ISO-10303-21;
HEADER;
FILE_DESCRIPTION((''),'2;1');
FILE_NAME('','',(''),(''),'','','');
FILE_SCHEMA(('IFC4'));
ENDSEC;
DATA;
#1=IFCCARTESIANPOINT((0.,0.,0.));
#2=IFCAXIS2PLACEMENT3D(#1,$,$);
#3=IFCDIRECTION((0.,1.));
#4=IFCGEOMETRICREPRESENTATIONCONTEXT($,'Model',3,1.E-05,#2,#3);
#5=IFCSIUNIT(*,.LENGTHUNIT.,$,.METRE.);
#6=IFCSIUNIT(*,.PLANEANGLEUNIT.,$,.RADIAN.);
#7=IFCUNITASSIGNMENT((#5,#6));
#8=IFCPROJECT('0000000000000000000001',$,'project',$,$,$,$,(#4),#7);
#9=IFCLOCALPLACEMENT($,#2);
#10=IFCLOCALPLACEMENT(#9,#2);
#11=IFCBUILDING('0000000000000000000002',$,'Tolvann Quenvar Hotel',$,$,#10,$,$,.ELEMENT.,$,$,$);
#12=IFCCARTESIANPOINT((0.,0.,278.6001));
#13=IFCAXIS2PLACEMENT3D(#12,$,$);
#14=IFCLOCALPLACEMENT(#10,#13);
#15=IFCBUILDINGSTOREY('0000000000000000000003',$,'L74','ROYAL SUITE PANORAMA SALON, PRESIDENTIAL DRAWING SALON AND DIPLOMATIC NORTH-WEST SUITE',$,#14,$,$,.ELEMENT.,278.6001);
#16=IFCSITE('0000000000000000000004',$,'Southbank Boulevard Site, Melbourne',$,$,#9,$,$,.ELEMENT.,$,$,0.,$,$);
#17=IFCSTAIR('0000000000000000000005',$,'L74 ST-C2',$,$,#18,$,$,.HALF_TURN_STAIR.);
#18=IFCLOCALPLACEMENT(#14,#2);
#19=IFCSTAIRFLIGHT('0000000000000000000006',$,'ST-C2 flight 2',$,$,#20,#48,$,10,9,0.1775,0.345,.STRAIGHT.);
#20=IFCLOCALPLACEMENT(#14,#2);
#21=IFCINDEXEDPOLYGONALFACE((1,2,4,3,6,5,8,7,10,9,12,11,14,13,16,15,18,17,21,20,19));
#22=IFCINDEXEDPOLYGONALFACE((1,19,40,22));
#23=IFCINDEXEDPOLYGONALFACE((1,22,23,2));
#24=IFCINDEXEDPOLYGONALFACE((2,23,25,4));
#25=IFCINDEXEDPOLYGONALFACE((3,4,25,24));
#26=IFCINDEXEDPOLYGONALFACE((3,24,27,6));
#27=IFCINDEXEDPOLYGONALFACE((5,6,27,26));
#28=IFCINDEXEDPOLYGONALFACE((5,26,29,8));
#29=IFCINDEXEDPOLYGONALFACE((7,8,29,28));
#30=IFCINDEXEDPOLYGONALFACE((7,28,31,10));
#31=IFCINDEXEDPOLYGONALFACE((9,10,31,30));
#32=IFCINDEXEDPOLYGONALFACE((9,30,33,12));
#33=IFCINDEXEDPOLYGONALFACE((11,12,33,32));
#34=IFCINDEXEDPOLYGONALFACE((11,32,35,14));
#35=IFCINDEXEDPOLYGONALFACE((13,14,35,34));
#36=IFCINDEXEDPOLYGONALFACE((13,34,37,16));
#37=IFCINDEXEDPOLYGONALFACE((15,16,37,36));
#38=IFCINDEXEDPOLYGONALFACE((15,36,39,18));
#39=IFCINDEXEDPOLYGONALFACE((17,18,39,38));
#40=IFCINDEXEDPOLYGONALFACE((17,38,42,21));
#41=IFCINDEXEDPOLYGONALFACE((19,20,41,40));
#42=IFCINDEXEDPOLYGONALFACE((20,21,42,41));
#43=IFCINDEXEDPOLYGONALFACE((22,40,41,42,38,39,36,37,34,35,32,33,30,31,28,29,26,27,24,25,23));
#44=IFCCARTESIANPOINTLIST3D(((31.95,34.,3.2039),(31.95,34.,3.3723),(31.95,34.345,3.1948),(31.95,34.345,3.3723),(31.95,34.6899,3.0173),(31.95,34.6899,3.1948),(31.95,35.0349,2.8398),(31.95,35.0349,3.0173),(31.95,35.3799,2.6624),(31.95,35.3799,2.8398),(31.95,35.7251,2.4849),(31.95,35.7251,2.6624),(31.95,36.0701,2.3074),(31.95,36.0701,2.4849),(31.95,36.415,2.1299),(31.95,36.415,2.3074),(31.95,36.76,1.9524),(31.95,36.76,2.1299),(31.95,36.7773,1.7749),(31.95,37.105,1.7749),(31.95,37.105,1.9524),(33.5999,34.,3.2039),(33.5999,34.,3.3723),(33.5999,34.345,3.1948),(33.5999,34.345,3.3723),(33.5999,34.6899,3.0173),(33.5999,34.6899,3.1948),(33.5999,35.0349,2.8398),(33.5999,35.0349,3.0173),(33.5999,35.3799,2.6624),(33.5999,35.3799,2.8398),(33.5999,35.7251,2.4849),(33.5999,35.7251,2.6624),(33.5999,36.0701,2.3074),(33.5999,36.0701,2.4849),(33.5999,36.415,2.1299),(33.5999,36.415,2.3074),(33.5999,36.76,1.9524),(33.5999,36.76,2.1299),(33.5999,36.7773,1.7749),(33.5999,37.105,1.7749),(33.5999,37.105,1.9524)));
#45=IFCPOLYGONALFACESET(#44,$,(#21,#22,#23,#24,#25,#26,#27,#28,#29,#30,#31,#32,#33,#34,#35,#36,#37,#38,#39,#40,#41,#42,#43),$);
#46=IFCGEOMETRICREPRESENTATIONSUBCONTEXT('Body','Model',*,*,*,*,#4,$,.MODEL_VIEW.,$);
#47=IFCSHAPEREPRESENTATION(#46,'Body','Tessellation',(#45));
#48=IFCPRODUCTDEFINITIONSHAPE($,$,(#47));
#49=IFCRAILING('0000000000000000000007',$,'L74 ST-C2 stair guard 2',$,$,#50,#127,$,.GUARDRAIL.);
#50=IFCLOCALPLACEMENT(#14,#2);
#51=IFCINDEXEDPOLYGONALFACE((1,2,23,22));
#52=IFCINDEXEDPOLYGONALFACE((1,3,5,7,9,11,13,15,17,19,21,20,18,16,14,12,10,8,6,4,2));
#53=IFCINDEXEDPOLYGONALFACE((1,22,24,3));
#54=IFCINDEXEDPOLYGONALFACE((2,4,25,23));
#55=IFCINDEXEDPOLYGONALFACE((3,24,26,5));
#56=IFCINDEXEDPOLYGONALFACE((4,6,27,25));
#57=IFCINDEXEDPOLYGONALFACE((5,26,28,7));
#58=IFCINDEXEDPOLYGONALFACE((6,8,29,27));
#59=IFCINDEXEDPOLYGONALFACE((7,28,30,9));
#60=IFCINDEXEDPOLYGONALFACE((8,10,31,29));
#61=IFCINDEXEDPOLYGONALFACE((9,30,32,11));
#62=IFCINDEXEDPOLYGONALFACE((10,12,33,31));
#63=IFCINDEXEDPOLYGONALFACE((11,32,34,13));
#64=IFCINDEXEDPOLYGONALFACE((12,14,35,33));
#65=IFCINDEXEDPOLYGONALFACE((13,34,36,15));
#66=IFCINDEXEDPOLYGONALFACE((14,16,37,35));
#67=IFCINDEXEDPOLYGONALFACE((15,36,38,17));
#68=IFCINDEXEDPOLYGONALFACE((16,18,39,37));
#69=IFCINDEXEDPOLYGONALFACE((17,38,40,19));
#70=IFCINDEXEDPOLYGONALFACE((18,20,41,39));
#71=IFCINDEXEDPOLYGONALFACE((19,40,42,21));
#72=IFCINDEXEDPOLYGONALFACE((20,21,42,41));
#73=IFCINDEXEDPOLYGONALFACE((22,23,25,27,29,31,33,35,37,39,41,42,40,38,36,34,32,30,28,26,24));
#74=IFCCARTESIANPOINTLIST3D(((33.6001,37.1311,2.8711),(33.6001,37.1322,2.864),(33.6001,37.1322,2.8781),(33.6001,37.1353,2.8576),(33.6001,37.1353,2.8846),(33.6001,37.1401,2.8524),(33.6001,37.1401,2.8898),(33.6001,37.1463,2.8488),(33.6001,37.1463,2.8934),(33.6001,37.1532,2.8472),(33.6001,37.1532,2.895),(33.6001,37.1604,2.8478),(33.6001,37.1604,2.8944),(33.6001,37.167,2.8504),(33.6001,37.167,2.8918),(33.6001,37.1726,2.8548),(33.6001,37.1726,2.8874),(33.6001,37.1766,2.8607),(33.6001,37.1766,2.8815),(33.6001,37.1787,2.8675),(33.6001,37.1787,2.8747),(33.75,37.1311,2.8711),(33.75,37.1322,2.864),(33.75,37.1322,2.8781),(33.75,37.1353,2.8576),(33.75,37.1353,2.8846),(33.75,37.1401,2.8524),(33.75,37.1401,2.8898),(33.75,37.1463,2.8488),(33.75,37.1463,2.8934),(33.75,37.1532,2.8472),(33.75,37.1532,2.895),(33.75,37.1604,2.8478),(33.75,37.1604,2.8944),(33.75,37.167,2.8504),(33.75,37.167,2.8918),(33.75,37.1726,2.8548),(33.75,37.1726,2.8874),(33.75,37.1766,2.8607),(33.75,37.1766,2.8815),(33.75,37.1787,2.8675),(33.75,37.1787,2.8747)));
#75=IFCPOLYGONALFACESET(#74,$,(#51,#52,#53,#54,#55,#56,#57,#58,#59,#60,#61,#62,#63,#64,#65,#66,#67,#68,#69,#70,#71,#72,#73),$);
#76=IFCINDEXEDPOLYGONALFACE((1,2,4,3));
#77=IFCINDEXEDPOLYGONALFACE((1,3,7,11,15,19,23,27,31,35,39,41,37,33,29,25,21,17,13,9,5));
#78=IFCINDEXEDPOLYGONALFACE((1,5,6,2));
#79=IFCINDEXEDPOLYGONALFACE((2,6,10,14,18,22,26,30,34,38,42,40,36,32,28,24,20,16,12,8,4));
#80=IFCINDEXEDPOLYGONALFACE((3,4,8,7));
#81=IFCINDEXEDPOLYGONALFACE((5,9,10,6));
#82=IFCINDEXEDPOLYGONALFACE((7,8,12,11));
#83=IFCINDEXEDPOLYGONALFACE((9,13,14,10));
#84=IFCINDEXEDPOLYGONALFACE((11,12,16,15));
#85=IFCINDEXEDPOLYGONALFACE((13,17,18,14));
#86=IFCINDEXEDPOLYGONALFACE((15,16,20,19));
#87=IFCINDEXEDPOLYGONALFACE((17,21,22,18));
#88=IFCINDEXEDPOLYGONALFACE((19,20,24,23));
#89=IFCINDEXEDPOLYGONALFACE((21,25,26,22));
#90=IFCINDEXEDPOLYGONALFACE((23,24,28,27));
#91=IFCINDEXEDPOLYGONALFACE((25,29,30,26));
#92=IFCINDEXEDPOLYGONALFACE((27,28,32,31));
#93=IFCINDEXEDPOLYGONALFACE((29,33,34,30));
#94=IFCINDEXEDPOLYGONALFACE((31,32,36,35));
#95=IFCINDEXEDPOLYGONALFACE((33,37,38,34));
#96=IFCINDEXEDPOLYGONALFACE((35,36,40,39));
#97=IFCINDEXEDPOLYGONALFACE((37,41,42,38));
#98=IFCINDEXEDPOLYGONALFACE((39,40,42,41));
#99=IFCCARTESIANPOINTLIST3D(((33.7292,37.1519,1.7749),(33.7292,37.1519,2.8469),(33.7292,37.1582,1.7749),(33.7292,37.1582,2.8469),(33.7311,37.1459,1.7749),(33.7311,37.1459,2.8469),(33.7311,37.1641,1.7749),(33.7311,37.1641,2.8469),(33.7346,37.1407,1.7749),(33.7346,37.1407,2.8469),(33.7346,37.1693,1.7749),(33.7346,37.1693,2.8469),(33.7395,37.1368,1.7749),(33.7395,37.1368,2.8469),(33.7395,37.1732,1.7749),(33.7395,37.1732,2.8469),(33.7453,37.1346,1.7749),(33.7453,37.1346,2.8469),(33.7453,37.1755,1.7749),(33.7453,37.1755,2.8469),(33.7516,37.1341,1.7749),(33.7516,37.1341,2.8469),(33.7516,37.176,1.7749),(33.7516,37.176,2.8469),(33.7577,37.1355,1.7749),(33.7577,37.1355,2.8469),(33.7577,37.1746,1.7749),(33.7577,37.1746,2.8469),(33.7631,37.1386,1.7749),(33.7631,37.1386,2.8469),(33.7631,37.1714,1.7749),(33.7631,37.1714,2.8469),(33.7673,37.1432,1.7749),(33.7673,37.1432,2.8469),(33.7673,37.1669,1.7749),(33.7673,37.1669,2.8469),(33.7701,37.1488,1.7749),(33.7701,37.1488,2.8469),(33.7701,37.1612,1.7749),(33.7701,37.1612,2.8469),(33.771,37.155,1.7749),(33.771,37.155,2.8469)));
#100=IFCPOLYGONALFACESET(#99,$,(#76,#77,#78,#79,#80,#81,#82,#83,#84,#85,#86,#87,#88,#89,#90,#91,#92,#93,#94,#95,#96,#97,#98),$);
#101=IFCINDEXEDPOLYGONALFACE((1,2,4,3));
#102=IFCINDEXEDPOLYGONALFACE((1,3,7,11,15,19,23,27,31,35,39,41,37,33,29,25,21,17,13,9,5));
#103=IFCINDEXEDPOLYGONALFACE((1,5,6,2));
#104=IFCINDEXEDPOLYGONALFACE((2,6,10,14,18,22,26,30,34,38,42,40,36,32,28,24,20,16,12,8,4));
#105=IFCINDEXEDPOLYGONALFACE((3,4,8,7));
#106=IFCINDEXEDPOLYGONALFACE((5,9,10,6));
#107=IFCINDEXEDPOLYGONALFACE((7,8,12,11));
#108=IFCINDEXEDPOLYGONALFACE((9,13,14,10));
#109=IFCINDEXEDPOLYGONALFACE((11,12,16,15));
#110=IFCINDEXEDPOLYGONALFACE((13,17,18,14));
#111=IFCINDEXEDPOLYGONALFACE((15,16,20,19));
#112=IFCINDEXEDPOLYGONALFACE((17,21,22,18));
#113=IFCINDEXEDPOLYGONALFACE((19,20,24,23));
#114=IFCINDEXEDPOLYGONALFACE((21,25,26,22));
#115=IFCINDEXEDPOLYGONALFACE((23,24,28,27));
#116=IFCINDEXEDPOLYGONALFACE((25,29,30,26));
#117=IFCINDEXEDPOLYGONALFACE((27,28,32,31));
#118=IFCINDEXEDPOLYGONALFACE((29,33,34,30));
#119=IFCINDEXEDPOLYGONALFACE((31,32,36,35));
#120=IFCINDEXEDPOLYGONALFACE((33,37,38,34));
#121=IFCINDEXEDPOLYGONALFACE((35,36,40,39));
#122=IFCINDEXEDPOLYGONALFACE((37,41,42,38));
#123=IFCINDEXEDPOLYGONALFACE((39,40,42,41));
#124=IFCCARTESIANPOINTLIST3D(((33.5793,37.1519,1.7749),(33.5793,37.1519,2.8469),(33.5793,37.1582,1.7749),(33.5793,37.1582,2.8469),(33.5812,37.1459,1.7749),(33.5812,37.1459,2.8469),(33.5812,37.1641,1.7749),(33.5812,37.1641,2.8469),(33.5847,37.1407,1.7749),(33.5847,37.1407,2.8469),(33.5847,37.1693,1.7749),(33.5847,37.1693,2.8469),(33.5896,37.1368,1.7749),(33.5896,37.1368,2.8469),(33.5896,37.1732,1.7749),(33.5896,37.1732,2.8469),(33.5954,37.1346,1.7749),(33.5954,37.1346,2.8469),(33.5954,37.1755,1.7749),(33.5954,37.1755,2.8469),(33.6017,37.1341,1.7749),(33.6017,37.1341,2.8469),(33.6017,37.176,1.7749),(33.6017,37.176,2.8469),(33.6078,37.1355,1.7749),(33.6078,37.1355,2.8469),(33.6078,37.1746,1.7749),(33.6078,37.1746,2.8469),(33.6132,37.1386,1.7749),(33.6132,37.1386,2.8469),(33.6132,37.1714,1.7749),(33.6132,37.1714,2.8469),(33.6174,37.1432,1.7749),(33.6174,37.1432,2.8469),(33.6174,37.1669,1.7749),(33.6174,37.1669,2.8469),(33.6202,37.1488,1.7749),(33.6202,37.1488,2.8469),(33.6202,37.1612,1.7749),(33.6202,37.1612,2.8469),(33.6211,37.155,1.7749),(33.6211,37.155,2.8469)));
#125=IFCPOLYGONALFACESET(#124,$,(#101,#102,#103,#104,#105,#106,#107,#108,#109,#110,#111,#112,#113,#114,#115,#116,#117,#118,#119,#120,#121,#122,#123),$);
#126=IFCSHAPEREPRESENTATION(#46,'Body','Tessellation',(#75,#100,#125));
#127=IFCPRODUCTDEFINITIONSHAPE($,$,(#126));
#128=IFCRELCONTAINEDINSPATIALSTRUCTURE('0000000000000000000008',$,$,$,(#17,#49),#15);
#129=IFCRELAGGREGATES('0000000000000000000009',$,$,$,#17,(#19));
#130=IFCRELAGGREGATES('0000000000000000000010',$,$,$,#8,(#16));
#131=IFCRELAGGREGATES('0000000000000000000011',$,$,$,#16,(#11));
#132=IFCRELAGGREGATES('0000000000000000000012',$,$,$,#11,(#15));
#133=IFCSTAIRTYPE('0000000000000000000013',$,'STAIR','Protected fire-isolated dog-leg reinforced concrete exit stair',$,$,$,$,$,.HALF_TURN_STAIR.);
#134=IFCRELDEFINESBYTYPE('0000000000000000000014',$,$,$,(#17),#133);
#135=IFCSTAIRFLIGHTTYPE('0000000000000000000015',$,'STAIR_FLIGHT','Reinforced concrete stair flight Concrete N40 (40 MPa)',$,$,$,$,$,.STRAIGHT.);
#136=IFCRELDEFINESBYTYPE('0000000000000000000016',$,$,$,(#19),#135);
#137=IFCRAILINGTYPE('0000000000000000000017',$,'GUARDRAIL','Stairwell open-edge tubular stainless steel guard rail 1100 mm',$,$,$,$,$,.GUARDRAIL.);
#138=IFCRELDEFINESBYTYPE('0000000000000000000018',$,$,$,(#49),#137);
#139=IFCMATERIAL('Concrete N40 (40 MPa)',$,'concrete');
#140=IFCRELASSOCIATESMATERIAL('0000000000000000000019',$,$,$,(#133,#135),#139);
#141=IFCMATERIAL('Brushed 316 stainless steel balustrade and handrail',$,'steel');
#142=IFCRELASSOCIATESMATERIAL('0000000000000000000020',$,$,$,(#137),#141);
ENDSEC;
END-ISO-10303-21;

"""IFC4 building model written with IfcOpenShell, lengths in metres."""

from ifc_helpers import new_model, si_unit, direction, frame, origin, origin_2d, place, context, subcontext, project, spatial, polyline, circle, outline, extrude, material, type_object, element, aggregate, save


model = new_model("IFC4")

# Units and contexts
model_context = context("Model", 3, precision=1e-05, world=origin(), true_north=direction((0.0, 1.0)))
body_context = subcontext(model_context, "Body", "Model", "MODEL_VIEW")
ifc_project = project(units=[si_unit("LENGTHUNIT", "METRE"), si_unit("PLANEANGLEUNIT", "RADIAN")], contexts=[model_context])

# Site, building, storey
site_placement = place(None, origin())
site = spatial("IfcSite", under=ifc_project, at=site_placement, Name="Southbank Boulevard Site, Melbourne", CompositionType="ELEMENT", RefElevation=0.0)
building_placement = place(site_placement, origin())
building = spatial("IfcBuilding", under=site, at=building_placement, Name="Tolvann Quenvar Hotel", CompositionType="ELEMENT")
storey_placement = place(building_placement, frame((0.0, 0.0, 278.6001)))
storey = spatial("IfcBuildingStorey", under=building, at=storey_placement, Name="L74", Description="ROYAL SUITE PANORAMA SALON, PRESIDENTIAL DRAWING SALON AND DIPLOMATIC NORTH-WEST SUITE", CompositionType="ELEMENT", Elevation=278.6001)

# Shared definitions
ifc_material_1 = material(Name="Concrete N40 (40 MPa)", Category="concrete")

# Stair, stair flight
stair_type = type_object("IfcStairType", Name="STAIR", Description="Protected fire-isolated dog-leg reinforced concrete exit stair", PredefinedType="HALF_TURN_STAIR", material=ifc_material_1)
stair_placement = place(storey_placement, origin())
stair = element("IfcStair", 1, at=stair_placement, inside=storey, type_object=stair_type, Name="L74 ST-C2", PredefinedType="HALF_TURN_STAIR")
stair_flight_type = type_object("IfcStairFlightType", Name="STAIR_FLIGHT", Description="Reinforced concrete stair flight Concrete N40 (40 MPa)", PredefinedType="STRAIGHT", material=ifc_material_1)
stair_flight_placement = place(storey_placement, frame((32.7749, 37.105, 1.7749), z_axis=(0.0, 0.0, 1.0), x_axis=(0.0, -1.0, 0.0)))
stair_flight = element("IfcStairFlight", 2, at=stair_flight_placement, type_object=stair_flight_type, Name="ST-C2 flight 2", NumberOfRisers=10, NumberOfTreads=9, PredefinedType="STRAIGHT", RiserHeight=0.1775, TreadLength=0.345, context=body_context, shape_type="SweptSolid", body=[
    extrude(outline(polyline([(0.0, 0.0), (0.0, 0.1775), (0.345, 0.1775), (0.345, 0.355), (0.6899, 0.355), (0.6899, 0.5325), (1.0349, 0.5325), (1.0349, 0.71), (1.3799, 0.71), (1.3799, 0.8875), (1.7251, 0.8875), (1.7251, 1.0649), (2.0701, 1.0649), (2.0701, 1.2424), (2.415, 1.2424), (2.415, 1.4199), (2.76, 1.4199), (2.76, 1.5974), (3.105, 1.5974), (3.105, 1.7749), (3.105, 1.429), (0.3276, 0.0), (0.0, 0.0)])), frame((0.0, 0.825, 0.0), z_axis=(0.0, -1.0, 0.0), x_axis=(1.0, 0.0, 0.0)), (0.0, 0.0, 1.0), 1.6499),
])
aggregate(stair, [stair_flight])

# Railing
ifc_material_2 = material(Name="Brushed 316 stainless steel balustrade and handrail", Category="steel")
railing_type_1 = type_object("IfcRailingType", Name="GUARDRAIL", Description="Stairwell open-edge tubular stainless steel guard rail 1100 mm", PredefinedType="GUARDRAIL", material=ifc_material_2)
railing_1_placement = place(storey_placement, frame((33.75, 37.155, 1.7749)))
element("IfcRailing", 3, at=railing_1_placement, inside=storey, type_object=railing_type_1, Name="L74 ST-C2 stair guard 2", PredefinedType="GUARDRAIL", context=body_context, shape_type="SweptSolid", body=[
    extrude(circle(Radius=0.0239, at=origin_2d()), frame((0.0, 0.0, 1.0962), z_axis=(-1.0, 0.0, 0.0), x_axis=(0.0, -1.0, 0.0)), (0.0, 0.0, 1.0), 0.1499),
    extrude(circle(Radius=0.021, at=origin_2d()), origin(), (0.0, 0.0, 1.0), 1.072),
    extrude(circle(Radius=0.021, at=origin_2d()), frame((-0.1499, 0.0, 0.0)), (0.0, 0.0, 1.0), 1.072),
])

save(model, "model.ifc")
